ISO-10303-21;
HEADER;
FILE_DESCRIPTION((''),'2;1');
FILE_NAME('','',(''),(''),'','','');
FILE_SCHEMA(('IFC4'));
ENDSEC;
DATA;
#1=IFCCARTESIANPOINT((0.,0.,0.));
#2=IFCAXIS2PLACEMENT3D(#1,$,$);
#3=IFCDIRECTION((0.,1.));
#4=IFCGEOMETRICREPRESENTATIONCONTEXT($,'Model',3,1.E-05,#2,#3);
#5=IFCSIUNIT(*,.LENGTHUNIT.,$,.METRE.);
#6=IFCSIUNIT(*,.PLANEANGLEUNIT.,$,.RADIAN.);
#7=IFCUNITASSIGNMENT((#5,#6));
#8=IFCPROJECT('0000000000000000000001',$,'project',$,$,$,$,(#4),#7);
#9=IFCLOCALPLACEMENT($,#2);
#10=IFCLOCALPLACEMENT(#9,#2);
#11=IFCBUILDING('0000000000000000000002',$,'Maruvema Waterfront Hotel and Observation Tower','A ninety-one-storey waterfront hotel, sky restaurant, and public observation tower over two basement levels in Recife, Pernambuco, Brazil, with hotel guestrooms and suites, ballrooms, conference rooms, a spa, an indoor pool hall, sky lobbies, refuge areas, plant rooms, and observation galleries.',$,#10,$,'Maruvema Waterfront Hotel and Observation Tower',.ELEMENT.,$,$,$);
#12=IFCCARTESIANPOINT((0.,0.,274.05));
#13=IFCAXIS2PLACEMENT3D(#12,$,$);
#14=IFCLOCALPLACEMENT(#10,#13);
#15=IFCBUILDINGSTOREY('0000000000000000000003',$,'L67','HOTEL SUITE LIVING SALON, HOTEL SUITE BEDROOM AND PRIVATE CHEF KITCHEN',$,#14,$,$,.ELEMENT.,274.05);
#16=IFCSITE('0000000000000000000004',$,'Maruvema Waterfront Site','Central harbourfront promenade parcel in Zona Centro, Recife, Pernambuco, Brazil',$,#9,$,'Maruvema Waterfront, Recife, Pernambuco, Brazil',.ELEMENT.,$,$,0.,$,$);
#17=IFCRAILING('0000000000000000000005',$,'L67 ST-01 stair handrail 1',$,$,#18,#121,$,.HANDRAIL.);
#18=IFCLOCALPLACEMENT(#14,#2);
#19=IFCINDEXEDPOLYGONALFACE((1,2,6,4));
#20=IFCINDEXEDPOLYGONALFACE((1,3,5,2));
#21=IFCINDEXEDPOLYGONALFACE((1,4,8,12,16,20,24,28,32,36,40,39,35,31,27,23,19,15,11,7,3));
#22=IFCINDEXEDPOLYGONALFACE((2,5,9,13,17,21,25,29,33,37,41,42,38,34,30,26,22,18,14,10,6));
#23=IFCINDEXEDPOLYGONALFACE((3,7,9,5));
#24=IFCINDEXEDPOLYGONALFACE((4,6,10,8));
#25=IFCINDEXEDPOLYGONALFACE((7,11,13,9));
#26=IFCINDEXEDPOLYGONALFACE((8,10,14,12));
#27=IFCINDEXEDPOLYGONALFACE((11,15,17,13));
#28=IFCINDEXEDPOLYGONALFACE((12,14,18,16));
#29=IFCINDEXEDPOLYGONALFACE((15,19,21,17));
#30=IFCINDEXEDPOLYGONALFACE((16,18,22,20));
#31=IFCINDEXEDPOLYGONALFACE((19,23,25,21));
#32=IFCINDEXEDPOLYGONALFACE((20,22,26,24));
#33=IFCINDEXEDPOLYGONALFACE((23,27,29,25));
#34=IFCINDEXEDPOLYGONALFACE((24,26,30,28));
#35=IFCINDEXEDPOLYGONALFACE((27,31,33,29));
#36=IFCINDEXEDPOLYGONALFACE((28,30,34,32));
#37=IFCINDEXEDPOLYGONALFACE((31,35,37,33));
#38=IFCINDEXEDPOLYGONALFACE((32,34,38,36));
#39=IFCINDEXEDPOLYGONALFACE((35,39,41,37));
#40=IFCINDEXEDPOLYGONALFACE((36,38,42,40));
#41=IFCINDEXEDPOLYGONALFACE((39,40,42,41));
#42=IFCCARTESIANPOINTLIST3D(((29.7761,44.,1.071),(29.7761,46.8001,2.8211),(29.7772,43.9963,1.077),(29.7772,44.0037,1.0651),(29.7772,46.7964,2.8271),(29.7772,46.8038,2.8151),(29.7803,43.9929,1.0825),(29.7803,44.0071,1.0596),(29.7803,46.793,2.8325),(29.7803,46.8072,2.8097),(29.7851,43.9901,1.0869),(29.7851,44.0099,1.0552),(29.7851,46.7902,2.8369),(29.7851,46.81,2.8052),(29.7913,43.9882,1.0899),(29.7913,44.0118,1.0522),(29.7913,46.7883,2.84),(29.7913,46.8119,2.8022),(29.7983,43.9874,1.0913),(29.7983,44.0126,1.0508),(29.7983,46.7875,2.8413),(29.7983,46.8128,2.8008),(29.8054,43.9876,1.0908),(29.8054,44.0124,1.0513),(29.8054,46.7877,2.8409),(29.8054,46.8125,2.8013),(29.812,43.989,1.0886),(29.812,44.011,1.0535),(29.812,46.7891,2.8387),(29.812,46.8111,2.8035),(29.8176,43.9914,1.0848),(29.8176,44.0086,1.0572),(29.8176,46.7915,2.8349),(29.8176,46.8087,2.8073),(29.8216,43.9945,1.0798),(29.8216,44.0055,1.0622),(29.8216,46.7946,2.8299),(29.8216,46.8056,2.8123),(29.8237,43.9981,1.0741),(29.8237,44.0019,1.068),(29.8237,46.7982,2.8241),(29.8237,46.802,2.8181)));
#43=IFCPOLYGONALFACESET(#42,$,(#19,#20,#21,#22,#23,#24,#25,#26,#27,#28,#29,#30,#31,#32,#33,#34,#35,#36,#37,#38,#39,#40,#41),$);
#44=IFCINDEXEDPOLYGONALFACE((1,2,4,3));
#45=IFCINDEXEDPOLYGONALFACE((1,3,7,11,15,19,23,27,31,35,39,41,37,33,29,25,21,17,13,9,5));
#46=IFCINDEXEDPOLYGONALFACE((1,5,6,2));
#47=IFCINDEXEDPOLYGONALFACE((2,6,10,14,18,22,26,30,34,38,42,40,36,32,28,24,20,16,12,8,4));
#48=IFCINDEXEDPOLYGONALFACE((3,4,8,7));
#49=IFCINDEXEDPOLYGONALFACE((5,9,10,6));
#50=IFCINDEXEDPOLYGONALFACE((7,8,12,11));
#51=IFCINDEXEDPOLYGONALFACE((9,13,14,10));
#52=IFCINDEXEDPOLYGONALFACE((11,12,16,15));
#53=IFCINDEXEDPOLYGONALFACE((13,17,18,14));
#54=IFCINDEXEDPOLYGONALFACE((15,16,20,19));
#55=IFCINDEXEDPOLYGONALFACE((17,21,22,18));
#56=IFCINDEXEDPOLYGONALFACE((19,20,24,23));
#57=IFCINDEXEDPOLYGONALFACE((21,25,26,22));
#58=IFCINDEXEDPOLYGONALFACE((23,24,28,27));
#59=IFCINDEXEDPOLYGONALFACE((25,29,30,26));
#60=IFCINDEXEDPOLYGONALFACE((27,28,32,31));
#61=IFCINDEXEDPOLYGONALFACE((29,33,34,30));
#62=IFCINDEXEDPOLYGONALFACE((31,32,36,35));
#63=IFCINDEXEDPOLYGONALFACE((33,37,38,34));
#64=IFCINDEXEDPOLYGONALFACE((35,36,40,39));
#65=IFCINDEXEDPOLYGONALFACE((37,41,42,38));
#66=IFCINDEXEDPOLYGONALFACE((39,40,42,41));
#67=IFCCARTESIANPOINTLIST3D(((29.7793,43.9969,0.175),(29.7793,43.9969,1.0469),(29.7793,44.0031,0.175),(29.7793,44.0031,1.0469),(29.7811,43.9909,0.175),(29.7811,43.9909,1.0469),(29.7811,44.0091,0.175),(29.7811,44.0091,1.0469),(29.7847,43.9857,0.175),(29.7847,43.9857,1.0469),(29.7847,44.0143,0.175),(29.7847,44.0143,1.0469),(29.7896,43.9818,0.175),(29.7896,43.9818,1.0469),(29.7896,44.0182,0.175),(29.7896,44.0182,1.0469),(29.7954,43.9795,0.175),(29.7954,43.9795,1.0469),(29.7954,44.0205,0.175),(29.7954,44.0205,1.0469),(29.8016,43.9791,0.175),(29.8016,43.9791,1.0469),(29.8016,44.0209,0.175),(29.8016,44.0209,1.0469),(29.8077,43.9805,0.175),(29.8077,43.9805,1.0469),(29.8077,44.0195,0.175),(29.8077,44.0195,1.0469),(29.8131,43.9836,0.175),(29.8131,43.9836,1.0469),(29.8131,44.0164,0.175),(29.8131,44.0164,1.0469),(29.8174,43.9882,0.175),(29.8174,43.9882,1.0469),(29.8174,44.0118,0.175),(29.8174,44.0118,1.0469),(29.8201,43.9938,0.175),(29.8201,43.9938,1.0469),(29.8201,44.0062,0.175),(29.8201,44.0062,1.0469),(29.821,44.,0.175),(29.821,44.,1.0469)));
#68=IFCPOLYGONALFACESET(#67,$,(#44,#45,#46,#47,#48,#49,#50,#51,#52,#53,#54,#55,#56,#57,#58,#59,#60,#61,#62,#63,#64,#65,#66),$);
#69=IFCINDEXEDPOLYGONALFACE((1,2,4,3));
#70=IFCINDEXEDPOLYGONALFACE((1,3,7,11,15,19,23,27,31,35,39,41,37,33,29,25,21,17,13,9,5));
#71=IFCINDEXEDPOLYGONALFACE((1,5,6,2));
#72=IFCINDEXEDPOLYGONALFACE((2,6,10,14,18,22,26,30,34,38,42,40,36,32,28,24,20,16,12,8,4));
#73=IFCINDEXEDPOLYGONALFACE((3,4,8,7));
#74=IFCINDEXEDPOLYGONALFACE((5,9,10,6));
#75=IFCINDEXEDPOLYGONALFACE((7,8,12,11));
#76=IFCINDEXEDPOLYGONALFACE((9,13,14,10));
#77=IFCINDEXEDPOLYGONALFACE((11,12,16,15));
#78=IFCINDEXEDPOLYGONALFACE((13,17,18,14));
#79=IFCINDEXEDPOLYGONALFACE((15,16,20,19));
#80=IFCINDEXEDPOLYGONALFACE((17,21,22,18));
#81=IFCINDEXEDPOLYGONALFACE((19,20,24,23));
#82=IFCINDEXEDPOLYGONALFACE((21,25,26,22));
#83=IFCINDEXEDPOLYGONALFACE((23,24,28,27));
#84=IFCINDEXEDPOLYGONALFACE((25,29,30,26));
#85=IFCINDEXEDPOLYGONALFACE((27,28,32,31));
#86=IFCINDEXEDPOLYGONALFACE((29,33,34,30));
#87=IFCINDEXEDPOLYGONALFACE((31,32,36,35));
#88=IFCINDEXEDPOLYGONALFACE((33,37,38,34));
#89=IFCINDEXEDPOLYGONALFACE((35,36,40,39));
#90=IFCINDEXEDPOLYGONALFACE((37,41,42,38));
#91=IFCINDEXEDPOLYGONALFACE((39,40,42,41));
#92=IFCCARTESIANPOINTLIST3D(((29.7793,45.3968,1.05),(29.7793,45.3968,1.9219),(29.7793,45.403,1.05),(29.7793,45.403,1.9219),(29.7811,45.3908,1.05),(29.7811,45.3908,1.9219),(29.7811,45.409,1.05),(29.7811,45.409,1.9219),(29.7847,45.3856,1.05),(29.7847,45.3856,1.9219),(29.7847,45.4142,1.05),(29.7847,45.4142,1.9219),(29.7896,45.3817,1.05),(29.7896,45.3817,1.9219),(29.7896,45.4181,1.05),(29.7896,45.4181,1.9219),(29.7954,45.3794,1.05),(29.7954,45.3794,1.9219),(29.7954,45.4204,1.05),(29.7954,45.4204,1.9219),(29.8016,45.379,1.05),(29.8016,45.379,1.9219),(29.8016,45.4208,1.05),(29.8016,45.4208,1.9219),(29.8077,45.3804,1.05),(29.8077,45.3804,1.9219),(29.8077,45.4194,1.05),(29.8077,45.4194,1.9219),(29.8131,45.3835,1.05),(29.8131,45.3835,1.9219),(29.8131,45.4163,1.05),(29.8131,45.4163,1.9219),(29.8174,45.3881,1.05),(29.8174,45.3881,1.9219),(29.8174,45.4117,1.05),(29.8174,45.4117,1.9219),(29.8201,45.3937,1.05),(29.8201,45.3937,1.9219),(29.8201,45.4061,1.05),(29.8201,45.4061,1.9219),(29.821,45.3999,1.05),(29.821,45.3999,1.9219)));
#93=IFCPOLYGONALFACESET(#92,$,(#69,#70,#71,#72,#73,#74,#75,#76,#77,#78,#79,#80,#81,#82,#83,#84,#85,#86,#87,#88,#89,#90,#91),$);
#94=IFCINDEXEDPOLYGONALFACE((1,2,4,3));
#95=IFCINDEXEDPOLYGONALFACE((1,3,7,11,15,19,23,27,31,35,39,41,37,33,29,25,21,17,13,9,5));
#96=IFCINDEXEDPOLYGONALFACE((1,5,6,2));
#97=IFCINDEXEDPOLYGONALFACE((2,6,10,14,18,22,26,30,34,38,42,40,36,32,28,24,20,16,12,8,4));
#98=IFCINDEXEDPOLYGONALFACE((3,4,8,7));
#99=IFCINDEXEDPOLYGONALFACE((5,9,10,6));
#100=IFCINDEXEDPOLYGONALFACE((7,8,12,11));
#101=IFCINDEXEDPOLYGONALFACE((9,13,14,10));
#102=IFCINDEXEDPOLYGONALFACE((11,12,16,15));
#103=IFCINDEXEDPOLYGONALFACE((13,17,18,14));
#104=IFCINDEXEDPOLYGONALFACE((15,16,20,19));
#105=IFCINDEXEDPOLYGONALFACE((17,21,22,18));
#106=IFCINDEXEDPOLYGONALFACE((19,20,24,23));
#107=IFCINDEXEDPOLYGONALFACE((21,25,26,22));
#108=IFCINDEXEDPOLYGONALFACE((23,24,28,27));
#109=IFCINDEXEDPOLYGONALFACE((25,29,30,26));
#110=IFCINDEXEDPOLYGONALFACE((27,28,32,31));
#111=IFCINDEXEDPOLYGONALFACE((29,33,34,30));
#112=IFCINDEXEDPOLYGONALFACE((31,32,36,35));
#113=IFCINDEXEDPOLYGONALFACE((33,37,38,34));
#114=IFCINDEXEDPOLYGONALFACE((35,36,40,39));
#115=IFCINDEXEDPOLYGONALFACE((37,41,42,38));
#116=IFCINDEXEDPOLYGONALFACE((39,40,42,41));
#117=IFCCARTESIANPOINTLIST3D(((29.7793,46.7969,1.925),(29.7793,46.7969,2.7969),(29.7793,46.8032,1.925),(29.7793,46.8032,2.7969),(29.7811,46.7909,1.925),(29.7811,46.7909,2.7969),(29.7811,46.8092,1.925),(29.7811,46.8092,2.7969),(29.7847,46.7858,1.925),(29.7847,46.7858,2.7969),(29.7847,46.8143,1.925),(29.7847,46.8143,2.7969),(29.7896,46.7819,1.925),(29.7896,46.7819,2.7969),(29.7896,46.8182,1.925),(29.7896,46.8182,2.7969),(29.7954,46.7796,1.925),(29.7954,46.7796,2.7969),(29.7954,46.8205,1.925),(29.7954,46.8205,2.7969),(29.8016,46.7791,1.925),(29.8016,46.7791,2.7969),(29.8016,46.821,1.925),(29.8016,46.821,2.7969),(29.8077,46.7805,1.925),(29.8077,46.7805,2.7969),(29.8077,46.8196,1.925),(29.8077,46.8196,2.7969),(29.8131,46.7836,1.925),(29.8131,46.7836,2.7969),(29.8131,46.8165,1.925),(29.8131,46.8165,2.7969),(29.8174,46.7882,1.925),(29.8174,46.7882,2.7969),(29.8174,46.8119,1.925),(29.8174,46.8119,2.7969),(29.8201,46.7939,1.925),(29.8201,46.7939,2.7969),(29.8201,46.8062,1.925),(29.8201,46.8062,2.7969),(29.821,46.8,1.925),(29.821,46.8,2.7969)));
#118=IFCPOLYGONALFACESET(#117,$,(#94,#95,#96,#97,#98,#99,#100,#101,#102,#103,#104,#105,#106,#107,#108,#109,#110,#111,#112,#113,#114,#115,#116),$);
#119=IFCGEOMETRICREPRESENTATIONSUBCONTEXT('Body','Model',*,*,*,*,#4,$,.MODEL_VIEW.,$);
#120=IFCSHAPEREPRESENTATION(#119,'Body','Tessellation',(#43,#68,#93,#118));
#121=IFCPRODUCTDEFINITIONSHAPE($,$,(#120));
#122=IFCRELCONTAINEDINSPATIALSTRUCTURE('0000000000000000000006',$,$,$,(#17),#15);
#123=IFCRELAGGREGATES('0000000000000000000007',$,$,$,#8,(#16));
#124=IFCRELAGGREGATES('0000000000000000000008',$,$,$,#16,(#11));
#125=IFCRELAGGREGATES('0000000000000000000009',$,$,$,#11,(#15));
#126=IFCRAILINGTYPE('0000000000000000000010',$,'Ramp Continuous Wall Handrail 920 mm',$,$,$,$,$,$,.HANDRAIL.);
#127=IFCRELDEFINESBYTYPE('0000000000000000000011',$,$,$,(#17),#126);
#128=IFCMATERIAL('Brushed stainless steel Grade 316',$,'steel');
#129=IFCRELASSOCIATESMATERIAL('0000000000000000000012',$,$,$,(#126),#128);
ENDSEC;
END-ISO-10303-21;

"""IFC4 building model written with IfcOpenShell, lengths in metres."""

from ifc_helpers import new_model, si_unit, direction, frame, origin, origin_2d, place, context, subcontext, project, spatial, circle, extrude, material, type_object, element, save


model = new_model("IFC4")

# Units and contexts
model_context = context("Model", 3, precision=1e-05, world=origin(), true_north=direction((0.0, 1.0)))
body_context = subcontext(model_context, "Body", "Model", "MODEL_VIEW")
ifc_project = project(units=[si_unit("LENGTHUNIT", "METRE"), si_unit("PLANEANGLEUNIT", "RADIAN")], contexts=[model_context])

# Site, building, storey
site_placement = place(None, origin())
site = spatial("IfcSite", under=ifc_project, at=site_placement, Name="Maruvema Waterfront Site", Description="Central harbourfront promenade parcel in Zona Centro, Recife, Pernambuco, Brazil", LongName="Maruvema Waterfront, Recife, Pernambuco, Brazil", CompositionType="ELEMENT", RefElevation=0.0)
building_placement = place(site_placement, origin())
building = spatial("IfcBuilding", under=site, at=building_placement, Name="Maruvema Waterfront Hotel and Observation Tower", Description="A ninety-one-storey waterfront hotel, sky restaurant, and public observation tower over two basement levels in Recife, Pernambuco, Brazil, with hotel guestrooms and suites, ballrooms, conference rooms, a spa, an indoor pool hall, sky lobbies, refuge areas, plant rooms, and observation galleries.", LongName="Maruvema Waterfront Hotel and Observation Tower", CompositionType="ELEMENT")
storey_placement = place(building_placement, frame((0.0, 0.0, 274.05)))
storey = spatial("IfcBuildingStorey", under=building, at=storey_placement, Name="L67", Description="HOTEL SUITE LIVING SALON, HOTEL SUITE BEDROOM AND PRIVATE CHEF KITCHEN", CompositionType="ELEMENT", Elevation=274.05)

# Railing
ifc_material_1 = material(Name="Brushed stainless steel Grade 316", Category="steel")
railing_type_1 = type_object("IfcRailingType", Name="Ramp Continuous Wall Handrail 920 mm", PredefinedType="HANDRAIL", material=ifc_material_1)
railing_1_placement = place(storey_placement, frame((29.8, 44.0, 0.175)))
element("IfcRailing", 1, at=railing_1_placement, inside=storey, type_object=railing_type_1, Name="L67 ST-01 stair handrail 1", PredefinedType="HANDRAIL", context=body_context, shape_type="SweptSolid", body=[
    extrude(circle(Radius=0.0239, at=origin_2d()), frame((0.0, 0.0, 0.896), z_axis=(0.0, 0.848002, 0.529992), x_axis=(-1.0, 0.0, 0.0)), (0.0, 0.0, 1.0), 3.302),
    extrude(circle(Radius=0.021, at=origin_2d()), origin(), (0.0, 0.0, 1.0), 0.8718),
    extrude(circle(Radius=0.021, at=origin_2d()), frame((0.0, 1.3999, 0.875)), (0.0, 0.0, 1.0), 0.8718),
    extrude(circle(Radius=0.021, at=origin_2d()), frame((0.0, 2.8, 1.75)), (0.0, 0.0, 1.0), 0.8718),
])

save(model, "model.ifc")
